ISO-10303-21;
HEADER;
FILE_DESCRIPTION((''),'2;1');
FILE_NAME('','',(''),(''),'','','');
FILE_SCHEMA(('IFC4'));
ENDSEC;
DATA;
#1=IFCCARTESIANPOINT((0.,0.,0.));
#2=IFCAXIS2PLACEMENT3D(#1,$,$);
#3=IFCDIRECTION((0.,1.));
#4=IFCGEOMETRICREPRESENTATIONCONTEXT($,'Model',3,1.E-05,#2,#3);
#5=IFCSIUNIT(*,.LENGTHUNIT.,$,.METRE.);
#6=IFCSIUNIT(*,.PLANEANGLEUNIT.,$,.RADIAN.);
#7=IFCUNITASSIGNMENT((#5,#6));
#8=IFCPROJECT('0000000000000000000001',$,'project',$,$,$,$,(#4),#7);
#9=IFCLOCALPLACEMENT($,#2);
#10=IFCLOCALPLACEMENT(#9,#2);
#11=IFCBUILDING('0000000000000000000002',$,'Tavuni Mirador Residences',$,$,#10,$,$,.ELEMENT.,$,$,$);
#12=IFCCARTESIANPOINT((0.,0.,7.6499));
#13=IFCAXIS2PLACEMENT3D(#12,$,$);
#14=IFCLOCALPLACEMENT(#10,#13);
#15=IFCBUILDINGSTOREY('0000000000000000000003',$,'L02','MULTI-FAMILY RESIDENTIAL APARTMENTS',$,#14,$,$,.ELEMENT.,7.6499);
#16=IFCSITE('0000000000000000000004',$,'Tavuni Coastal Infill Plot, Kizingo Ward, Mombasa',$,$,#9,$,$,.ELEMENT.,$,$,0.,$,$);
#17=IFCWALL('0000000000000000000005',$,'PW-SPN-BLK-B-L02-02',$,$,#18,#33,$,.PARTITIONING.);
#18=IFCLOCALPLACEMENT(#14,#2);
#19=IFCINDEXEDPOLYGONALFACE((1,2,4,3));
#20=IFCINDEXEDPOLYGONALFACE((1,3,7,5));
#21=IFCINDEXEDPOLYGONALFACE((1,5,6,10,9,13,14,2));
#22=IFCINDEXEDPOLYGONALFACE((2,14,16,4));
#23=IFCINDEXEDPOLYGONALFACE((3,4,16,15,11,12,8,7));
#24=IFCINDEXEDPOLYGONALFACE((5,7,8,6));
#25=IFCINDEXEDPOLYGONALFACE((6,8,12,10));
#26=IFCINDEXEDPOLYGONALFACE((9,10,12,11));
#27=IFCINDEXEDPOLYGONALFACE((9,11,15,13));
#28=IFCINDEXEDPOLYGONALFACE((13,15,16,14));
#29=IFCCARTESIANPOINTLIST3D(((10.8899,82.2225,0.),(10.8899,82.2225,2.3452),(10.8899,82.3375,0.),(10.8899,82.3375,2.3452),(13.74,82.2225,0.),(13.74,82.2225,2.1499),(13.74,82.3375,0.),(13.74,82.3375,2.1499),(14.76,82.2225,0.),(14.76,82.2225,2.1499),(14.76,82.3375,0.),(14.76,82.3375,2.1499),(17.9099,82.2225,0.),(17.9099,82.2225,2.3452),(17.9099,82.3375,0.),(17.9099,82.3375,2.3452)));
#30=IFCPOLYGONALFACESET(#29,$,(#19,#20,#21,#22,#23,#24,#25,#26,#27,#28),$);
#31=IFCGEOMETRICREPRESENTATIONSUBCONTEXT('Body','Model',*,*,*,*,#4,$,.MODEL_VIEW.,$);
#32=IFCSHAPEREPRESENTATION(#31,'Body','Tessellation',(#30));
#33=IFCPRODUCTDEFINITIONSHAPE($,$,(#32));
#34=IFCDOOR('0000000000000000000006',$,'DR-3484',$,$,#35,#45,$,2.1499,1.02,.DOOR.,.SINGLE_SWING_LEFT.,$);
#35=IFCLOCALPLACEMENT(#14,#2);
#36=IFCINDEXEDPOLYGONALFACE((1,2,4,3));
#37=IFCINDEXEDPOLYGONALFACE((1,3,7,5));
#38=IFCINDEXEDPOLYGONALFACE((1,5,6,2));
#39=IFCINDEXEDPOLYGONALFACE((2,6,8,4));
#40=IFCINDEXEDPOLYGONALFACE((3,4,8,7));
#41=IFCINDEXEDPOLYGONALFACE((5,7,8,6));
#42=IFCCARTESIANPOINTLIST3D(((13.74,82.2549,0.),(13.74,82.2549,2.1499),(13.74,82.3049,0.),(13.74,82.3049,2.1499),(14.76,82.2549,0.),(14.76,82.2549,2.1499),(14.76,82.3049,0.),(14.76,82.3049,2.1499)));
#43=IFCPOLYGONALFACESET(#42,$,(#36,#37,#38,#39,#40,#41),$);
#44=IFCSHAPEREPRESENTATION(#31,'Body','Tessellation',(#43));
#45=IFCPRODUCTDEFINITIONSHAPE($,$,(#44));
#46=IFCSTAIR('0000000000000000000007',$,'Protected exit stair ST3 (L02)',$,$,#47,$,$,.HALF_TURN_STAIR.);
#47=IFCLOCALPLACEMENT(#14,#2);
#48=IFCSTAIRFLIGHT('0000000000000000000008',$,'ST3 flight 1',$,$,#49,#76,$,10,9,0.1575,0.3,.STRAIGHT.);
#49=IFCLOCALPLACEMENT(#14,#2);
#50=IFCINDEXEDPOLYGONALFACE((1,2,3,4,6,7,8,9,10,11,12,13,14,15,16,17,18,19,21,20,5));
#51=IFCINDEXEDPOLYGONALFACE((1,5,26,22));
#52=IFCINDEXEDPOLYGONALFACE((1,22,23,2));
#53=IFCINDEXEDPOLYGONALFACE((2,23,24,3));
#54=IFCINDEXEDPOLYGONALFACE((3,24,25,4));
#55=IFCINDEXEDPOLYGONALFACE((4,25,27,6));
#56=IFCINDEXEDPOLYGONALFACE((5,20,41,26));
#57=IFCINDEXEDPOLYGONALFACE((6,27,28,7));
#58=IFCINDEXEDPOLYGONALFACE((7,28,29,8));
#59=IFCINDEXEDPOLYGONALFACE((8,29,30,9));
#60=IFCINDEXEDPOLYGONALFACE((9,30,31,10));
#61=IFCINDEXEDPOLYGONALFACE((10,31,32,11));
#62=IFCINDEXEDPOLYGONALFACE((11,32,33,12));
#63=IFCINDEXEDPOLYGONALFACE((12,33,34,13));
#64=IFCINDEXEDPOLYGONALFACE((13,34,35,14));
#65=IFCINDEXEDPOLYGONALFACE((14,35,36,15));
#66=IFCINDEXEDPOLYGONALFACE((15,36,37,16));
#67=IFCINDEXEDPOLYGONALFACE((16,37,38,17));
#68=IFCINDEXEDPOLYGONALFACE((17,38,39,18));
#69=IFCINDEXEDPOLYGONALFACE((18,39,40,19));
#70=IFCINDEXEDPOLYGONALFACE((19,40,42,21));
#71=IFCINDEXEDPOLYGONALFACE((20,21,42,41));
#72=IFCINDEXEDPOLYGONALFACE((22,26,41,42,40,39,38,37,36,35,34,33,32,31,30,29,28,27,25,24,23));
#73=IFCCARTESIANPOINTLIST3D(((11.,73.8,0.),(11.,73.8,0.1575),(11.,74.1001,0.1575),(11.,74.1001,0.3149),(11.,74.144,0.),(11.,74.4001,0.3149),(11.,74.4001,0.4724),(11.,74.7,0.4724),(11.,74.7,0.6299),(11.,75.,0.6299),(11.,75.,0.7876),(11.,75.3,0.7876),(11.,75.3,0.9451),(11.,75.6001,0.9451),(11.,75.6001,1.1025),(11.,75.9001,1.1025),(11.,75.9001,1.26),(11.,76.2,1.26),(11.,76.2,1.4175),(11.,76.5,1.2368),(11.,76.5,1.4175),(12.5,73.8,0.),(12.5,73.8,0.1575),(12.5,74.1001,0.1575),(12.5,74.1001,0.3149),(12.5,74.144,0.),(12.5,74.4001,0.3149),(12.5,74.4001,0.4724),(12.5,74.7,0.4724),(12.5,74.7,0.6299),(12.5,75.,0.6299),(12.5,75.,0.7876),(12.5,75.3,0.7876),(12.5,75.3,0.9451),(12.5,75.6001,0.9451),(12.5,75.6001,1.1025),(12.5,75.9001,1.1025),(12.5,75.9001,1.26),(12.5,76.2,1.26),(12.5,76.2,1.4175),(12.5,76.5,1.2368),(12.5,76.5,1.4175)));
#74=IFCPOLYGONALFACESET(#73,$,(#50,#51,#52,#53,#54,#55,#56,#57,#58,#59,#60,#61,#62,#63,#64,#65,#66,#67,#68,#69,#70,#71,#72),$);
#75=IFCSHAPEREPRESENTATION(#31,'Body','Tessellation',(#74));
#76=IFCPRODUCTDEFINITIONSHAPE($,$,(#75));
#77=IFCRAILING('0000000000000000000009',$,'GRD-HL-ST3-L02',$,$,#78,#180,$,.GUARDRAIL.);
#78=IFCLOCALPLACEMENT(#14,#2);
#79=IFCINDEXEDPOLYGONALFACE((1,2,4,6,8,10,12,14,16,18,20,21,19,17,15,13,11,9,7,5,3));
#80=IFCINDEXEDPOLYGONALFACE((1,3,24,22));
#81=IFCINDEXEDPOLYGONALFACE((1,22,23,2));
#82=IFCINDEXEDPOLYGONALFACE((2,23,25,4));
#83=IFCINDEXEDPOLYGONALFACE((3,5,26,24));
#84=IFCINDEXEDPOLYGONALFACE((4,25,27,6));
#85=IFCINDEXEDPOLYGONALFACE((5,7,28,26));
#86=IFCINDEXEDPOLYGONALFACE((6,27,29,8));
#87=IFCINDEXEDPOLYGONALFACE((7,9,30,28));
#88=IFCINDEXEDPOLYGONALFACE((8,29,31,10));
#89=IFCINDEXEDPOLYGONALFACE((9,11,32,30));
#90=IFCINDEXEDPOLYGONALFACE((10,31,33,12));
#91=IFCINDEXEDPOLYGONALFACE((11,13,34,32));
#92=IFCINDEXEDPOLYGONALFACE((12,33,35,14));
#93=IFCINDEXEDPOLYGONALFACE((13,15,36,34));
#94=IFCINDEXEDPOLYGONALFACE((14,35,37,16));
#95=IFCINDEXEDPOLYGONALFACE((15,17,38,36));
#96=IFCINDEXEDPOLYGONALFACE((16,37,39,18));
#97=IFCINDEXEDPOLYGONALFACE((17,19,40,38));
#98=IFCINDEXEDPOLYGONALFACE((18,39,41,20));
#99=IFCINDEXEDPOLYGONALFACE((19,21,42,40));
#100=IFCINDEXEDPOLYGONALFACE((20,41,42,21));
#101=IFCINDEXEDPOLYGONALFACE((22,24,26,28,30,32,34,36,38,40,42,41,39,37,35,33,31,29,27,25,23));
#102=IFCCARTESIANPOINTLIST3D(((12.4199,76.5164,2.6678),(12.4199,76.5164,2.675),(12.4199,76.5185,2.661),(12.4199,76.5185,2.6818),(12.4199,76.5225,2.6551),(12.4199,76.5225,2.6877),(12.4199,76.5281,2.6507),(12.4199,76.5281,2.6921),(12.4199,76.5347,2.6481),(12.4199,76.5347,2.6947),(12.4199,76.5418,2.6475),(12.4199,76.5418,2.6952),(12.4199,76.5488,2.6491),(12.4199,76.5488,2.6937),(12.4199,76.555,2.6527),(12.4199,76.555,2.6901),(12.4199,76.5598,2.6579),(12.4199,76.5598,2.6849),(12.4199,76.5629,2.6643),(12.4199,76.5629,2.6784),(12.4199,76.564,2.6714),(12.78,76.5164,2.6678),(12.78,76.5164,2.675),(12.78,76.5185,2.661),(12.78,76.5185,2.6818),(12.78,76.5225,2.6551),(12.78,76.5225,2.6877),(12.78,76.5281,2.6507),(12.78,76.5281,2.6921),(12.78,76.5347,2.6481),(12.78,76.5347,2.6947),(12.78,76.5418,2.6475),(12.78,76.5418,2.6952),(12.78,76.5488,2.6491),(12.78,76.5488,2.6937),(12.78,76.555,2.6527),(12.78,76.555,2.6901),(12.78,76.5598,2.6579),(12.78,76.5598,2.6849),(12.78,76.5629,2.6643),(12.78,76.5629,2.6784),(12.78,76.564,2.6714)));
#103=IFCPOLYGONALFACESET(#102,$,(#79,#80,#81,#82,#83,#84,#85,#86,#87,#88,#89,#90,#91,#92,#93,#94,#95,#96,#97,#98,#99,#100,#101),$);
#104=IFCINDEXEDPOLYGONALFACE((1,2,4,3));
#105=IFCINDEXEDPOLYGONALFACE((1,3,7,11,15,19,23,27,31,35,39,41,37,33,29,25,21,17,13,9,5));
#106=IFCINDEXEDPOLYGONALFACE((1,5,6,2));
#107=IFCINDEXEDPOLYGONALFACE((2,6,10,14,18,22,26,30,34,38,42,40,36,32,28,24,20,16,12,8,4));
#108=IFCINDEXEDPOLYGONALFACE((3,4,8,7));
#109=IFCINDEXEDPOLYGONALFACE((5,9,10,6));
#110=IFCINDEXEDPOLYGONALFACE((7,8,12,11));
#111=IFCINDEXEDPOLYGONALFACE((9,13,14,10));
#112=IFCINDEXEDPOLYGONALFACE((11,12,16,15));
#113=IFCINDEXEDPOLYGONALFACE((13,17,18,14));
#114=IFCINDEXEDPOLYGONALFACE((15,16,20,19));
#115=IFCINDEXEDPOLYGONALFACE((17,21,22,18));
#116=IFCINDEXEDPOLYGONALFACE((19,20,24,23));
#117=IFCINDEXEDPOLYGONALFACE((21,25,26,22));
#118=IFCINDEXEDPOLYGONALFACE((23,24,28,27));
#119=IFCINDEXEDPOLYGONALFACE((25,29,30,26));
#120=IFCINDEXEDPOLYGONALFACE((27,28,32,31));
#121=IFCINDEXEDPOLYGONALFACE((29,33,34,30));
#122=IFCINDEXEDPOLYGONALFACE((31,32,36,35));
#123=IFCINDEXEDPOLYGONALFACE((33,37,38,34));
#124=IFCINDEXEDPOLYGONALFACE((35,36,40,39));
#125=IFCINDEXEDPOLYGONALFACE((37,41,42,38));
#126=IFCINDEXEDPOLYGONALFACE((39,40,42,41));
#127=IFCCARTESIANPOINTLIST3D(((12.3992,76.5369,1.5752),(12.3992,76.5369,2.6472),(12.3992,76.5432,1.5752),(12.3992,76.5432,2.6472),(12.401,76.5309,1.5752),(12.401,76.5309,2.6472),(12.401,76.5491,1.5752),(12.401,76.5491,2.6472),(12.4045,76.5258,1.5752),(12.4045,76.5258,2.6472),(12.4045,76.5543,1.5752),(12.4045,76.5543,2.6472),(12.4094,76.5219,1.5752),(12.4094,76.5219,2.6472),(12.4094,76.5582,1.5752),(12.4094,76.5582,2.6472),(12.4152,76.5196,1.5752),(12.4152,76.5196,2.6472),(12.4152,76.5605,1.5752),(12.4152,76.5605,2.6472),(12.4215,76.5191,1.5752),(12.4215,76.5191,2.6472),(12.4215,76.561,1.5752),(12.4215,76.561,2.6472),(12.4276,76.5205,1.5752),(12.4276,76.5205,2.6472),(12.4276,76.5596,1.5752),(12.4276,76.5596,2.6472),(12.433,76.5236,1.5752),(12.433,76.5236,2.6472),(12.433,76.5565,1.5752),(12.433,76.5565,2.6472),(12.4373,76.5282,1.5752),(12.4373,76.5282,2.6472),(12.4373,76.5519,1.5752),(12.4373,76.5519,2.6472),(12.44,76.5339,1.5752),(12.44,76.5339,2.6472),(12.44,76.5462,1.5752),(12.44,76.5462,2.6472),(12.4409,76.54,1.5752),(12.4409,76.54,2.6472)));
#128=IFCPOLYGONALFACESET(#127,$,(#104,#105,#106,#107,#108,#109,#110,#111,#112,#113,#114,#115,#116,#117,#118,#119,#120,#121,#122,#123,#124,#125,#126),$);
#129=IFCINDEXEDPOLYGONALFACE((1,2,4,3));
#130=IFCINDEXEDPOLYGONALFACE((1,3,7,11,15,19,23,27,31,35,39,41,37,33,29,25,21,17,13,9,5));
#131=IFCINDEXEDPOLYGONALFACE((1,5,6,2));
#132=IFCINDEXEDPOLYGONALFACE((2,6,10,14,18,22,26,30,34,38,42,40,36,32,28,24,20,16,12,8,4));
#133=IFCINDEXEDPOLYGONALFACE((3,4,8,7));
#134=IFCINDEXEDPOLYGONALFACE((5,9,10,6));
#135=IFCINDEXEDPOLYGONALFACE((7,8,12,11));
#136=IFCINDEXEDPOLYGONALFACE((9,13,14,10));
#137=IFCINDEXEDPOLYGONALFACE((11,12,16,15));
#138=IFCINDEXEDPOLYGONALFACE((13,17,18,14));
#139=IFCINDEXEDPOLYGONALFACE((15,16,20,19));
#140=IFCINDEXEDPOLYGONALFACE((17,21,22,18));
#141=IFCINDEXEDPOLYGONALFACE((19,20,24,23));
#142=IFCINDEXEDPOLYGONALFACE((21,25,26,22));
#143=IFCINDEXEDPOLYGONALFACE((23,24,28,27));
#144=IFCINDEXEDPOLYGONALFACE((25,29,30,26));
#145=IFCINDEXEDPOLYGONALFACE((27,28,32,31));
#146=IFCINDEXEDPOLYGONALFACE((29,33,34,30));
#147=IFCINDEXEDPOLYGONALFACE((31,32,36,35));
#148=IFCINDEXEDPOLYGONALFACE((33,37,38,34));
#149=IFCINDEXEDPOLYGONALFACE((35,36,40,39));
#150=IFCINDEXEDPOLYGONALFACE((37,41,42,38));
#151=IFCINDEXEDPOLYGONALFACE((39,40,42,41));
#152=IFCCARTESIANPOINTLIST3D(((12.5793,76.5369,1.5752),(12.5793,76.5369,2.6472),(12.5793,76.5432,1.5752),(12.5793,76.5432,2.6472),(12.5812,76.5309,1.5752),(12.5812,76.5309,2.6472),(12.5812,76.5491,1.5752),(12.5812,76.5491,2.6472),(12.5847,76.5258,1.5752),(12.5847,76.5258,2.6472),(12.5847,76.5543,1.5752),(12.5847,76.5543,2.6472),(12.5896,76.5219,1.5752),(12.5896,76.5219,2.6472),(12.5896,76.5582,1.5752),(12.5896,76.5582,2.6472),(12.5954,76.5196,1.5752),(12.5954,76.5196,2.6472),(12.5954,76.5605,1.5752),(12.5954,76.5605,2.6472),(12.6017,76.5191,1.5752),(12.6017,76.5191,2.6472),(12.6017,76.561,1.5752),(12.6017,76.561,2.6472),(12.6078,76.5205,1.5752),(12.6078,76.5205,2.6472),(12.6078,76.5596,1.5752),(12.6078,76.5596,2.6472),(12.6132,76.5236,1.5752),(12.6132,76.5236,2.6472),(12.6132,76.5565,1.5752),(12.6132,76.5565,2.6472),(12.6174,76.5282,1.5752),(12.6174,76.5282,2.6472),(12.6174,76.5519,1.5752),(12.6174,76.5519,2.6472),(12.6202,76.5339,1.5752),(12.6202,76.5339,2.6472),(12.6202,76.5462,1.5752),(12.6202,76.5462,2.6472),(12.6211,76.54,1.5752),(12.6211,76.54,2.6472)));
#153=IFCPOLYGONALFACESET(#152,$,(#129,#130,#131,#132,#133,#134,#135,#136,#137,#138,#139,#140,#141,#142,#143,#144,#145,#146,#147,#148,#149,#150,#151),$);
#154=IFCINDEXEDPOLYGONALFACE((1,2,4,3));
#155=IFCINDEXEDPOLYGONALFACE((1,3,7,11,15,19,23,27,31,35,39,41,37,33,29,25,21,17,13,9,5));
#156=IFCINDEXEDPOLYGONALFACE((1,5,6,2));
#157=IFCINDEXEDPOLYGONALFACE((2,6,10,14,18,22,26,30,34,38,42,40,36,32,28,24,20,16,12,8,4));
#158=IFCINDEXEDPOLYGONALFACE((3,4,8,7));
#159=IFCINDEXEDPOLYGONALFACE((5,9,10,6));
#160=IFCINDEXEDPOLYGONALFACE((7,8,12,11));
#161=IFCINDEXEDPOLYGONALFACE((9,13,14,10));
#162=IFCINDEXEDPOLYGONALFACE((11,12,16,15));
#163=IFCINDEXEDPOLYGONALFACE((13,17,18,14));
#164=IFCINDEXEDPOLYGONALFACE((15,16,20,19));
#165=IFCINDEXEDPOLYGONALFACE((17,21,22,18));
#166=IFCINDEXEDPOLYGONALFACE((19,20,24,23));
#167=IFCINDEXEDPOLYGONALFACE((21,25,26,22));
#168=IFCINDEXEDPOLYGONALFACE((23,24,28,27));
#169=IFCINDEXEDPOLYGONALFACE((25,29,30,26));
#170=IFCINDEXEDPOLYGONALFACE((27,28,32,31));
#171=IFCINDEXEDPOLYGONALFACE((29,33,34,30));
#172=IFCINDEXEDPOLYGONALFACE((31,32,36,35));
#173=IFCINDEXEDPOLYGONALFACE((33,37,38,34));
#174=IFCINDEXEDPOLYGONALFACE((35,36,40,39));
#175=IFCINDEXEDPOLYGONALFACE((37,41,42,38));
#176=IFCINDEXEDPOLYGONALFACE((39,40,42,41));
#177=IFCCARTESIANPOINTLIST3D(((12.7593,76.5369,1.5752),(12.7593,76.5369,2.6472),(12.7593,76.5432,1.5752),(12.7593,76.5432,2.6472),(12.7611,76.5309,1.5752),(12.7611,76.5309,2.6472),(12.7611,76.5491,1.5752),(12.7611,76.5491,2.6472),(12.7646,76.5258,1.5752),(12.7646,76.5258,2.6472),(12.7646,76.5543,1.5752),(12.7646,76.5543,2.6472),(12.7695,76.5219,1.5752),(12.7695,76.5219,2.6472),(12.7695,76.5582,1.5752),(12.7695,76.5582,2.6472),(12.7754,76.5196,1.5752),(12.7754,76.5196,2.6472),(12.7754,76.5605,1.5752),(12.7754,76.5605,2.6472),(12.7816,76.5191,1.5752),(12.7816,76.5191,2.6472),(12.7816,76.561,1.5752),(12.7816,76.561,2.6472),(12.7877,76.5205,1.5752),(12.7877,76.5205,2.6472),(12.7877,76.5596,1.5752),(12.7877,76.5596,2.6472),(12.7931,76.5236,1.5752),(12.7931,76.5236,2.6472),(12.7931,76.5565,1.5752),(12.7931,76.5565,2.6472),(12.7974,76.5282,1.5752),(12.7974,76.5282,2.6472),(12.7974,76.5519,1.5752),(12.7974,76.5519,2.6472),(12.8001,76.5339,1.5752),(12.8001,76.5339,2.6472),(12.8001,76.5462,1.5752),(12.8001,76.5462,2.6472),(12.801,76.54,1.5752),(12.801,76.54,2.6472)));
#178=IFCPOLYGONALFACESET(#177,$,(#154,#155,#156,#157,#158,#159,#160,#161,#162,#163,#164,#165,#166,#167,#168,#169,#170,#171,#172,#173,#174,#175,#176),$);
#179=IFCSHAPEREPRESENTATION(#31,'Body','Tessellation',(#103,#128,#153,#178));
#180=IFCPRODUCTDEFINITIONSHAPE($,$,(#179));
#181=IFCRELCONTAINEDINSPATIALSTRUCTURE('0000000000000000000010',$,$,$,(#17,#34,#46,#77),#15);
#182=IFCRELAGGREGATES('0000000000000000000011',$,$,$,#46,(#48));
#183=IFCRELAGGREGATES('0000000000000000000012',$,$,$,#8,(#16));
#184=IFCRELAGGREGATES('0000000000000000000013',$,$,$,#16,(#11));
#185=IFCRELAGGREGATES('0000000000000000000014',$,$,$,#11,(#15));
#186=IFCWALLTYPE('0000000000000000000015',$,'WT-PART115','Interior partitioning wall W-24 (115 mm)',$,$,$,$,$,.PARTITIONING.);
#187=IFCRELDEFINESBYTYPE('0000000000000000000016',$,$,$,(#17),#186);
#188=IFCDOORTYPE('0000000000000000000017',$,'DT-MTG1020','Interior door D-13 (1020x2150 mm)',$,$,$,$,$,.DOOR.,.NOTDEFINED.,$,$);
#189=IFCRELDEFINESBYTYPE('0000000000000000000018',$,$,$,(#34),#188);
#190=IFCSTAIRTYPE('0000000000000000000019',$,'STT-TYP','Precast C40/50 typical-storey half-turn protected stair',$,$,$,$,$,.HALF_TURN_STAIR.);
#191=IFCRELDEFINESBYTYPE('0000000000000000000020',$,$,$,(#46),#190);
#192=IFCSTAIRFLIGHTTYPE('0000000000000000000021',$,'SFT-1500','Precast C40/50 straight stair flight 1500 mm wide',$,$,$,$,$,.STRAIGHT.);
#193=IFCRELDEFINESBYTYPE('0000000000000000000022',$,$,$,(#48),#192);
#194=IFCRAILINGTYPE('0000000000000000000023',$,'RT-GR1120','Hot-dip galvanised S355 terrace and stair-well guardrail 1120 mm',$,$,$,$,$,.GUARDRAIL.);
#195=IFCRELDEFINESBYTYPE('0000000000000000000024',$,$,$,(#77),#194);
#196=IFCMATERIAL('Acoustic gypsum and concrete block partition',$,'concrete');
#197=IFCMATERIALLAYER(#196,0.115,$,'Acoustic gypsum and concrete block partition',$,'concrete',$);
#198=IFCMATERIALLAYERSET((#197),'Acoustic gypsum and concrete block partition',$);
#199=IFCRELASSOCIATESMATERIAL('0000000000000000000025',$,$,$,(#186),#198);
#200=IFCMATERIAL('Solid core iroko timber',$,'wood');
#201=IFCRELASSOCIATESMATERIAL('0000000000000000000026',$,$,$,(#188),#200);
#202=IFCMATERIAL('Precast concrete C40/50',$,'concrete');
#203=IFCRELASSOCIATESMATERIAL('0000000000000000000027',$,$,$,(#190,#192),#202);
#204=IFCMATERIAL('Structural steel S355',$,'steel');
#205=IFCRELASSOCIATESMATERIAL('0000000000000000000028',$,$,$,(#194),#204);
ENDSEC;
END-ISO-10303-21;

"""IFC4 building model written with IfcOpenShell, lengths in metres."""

from ifc_helpers import new_model, si_unit, direction, frame, frame_2d, origin, origin_2d, place, context, subcontext, project, spatial, polyline, rectangle, circle, outline, extrude, material, layer, layer_set, type_object, element, fill, aggregate, save


model = new_model("IFC4")

# Units and contexts
model_context = context("Model", 3, precision=1e-05, world=origin(), true_north=direction((0.0, 1.0)))
body_context = subcontext(model_context, "Body", "Model", "MODEL_VIEW")
ifc_project = project(units=[si_unit("LENGTHUNIT", "METRE"), si_unit("PLANEANGLEUNIT", "RADIAN")], contexts=[model_context])

# Site, building, storey
site_placement = place(None, origin())
site = spatial("IfcSite", under=ifc_project, at=site_placement, Name="Tavuni Coastal Infill Plot, Kizingo Ward, Mombasa", CompositionType="ELEMENT", RefElevation=0.0)
building_placement = place(site_placement, origin())
building = spatial("IfcBuilding", under=site, at=building_placement, Name="Tavuni Mirador Residences", CompositionType="ELEMENT")
storey_placement = place(building_placement, frame((0.0, 0.0, 7.6499)))
storey = spatial("IfcBuildingStorey", under=building, at=storey_placement, Name="L02", Description="MULTI-FAMILY RESIDENTIAL APARTMENTS", CompositionType="ELEMENT", Elevation=7.6499)

# Shared definitions
ifc_material_1 = material(Name="Precast concrete C40/50", Category="concrete")

# Shared definitions
ifc_material_2 = material(Name="Solid core iroko timber", Category="wood")

# Shared definitions
ifc_material_3 = material(Name="Acoustic gypsum and concrete block partition", Category="concrete")

# Wall, opening, door
ifc_layer_1 = layer(ifc_material_3, 0.115, Name="Acoustic gypsum and concrete block partition", Category="concrete")
ifc_layer_set_1 = layer_set([ifc_layer_1], Name="Acoustic gypsum and concrete block partition")
wall_type_1 = type_object("IfcWallType", Name="WT-PART115", Description="Interior partitioning wall W-24 (115 mm)", PredefinedType="PARTITIONING", material=ifc_layer_set_1)
wall_1_placement = place(storey_placement, frame((10.8899, 82.28, 0.0), z_axis=(0.0, 0.0, 1.0), x_axis=(1.0, 0.0, 0.0)))
wall_1 = element("IfcWall", 1, at=wall_1_placement, inside=storey, type_object=wall_type_1, Name="PW-SPN-BLK-B-L02-02", PredefinedType="PARTITIONING", context=body_context, shape_type="SweptSolid", body=[
    extrude(rectangle(XDim=7.02, YDim=0.115, at=frame_2d((3.51, 0.0))), origin(), (0.0, 0.0, 1.0), 2.3452),
])
opening_1_placement = place(wall_1_placement, frame((2.8501, 0.0, 0.0)))
opening_1 = element("IfcOpeningElement", 2, at=opening_1_placement, cuts=wall_1, PredefinedType="OPENING", context=body_context, shape_type="SweptSolid", body=[
    extrude(rectangle(XDim=1.02, YDim=2.1499, at=frame_2d((0.51, 1.075))), frame((0.0, 0.0674, 0.0), z_axis=(0.0, -1.0, 0.0), x_axis=(1.0, 0.0, 0.0)), (0.0, 0.0, 1.0), 0.135),
])
door_type_1 = type_object("IfcDoorType", Name="DT-MTG1020", Description="Interior door D-13 (1020x2150 mm)", OperationType="NOTDEFINED", PredefinedType="DOOR", material=ifc_material_2)
door_1_placement = place(opening_1_placement, origin())
door_1 = element("IfcDoor", 3, at=door_1_placement, inside=storey, type_object=door_type_1, Name="DR-3484", OperationType="SINGLE_SWING_LEFT", OverallHeight=2.1499, OverallWidth=1.02, PredefinedType="DOOR", context=body_context, shape_type="SweptSolid", body=[
    extrude(rectangle(XDim=1.02, YDim=2.1499, at=frame_2d((0.51, 1.075))), frame((0.0, 0.0249, 0.0), z_axis=(0.0, -1.0, 0.0), x_axis=(1.0, 0.0, 0.0)), (0.0, 0.0, 1.0), 0.05),
])
fill(opening_1, door_1)

# Stair, stair flight
stair_type = type_object("IfcStairType", Name="STT-TYP", Description="Precast C40/50 typical-storey half-turn protected stair", PredefinedType="HALF_TURN_STAIR", material=ifc_material_1)
stair_placement = place(storey_placement, origin())
stair = element("IfcStair", 4, at=stair_placement, inside=storey, type_object=stair_type, Name="Protected exit stair ST3 (L02)", PredefinedType="HALF_TURN_STAIR")
stair_flight_type = type_object("IfcStairFlightType", Name="SFT-1500", Description="Precast C40/50 straight stair flight 1500 mm wide", PredefinedType="STRAIGHT", material=ifc_material_1)
stair_flight_placement = place(storey_placement, frame((11.75, 73.8, 0.0), z_axis=(0.0, 0.0, 1.0), x_axis=(0.0, 1.0, 0.0)))
stair_flight = element("IfcStairFlight", 5, at=stair_flight_placement, type_object=stair_flight_type, Name="ST3 flight 1", NumberOfRisers=10, NumberOfTreads=9, PredefinedType="STRAIGHT", RiserHeight=0.1575, TreadLength=0.3, context=body_context, shape_type="SweptSolid", body=[
    extrude(outline(polyline([(0.0, 0.0), (0.0, 0.1575), (0.3, 0.1575), (0.3, 0.3149), (0.6001, 0.3149), (0.6001, 0.4724), (0.8999, 0.4724), (0.8999, 0.6299), (1.2, 0.6299), (1.2, 0.7876), (1.5, 0.7876), (1.5, 0.9451), (1.8, 0.9451), (1.8, 1.1025), (2.1001, 1.1025), (2.1001, 1.26), (2.3999, 1.26), (2.3999, 1.4175), (2.7, 1.4175), (2.7, 1.575), (2.7, 1.2368), (0.344, 0.0), (0.0, 0.0)])), frame((0.0, 0.75, 0.0), z_axis=(0.0, -1.0, 0.0), x_axis=(1.0, 0.0, 0.0)), (0.0, 0.0, 1.0), 1.5),
])
aggregate(stair, [stair_flight])

# Railing
ifc_material_4 = material(Name="Structural steel S355", Category="steel")
railing_type_1 = type_object("IfcRailingType", Name="RT-GR1120", Description="Hot-dip galvanised S355 terrace and stair-well guardrail 1120 mm", PredefinedType="GUARDRAIL", material=ifc_material_4)
railing_1_placement = place(storey_placement, frame((12.4199, 76.54, 1.5752)))
element("IfcRailing", 6, at=railing_1_placement, inside=storey, type_object=railing_type_1, Name="GRD-HL-ST3-L02", PredefinedType="GUARDRAIL", context=body_context, shape_type="SweptSolid", body=[
    extrude(circle(Radius=0.0239, at=origin_2d()), frame((0.0, 0.0, 1.0962), z_axis=(1.0, 0.0, 0.0), x_axis=(0.0, 1.0, 0.0)), (0.0, 0.0, 1.0), 0.3601),
    extrude(circle(Radius=0.021, at=origin_2d()), origin(), (0.0, 0.0, 1.0), 1.072),
    extrude(circle(Radius=0.021, at=origin_2d()), frame((0.1802, 0.0, 0.0)), (0.0, 0.0, 1.0), 1.072),
    extrude(circle(Radius=0.021, at=origin_2d()), frame((0.3601, 0.0, 0.0)), (0.0, 0.0, 1.0), 1.072),
])

save(model, "model.ifc")
